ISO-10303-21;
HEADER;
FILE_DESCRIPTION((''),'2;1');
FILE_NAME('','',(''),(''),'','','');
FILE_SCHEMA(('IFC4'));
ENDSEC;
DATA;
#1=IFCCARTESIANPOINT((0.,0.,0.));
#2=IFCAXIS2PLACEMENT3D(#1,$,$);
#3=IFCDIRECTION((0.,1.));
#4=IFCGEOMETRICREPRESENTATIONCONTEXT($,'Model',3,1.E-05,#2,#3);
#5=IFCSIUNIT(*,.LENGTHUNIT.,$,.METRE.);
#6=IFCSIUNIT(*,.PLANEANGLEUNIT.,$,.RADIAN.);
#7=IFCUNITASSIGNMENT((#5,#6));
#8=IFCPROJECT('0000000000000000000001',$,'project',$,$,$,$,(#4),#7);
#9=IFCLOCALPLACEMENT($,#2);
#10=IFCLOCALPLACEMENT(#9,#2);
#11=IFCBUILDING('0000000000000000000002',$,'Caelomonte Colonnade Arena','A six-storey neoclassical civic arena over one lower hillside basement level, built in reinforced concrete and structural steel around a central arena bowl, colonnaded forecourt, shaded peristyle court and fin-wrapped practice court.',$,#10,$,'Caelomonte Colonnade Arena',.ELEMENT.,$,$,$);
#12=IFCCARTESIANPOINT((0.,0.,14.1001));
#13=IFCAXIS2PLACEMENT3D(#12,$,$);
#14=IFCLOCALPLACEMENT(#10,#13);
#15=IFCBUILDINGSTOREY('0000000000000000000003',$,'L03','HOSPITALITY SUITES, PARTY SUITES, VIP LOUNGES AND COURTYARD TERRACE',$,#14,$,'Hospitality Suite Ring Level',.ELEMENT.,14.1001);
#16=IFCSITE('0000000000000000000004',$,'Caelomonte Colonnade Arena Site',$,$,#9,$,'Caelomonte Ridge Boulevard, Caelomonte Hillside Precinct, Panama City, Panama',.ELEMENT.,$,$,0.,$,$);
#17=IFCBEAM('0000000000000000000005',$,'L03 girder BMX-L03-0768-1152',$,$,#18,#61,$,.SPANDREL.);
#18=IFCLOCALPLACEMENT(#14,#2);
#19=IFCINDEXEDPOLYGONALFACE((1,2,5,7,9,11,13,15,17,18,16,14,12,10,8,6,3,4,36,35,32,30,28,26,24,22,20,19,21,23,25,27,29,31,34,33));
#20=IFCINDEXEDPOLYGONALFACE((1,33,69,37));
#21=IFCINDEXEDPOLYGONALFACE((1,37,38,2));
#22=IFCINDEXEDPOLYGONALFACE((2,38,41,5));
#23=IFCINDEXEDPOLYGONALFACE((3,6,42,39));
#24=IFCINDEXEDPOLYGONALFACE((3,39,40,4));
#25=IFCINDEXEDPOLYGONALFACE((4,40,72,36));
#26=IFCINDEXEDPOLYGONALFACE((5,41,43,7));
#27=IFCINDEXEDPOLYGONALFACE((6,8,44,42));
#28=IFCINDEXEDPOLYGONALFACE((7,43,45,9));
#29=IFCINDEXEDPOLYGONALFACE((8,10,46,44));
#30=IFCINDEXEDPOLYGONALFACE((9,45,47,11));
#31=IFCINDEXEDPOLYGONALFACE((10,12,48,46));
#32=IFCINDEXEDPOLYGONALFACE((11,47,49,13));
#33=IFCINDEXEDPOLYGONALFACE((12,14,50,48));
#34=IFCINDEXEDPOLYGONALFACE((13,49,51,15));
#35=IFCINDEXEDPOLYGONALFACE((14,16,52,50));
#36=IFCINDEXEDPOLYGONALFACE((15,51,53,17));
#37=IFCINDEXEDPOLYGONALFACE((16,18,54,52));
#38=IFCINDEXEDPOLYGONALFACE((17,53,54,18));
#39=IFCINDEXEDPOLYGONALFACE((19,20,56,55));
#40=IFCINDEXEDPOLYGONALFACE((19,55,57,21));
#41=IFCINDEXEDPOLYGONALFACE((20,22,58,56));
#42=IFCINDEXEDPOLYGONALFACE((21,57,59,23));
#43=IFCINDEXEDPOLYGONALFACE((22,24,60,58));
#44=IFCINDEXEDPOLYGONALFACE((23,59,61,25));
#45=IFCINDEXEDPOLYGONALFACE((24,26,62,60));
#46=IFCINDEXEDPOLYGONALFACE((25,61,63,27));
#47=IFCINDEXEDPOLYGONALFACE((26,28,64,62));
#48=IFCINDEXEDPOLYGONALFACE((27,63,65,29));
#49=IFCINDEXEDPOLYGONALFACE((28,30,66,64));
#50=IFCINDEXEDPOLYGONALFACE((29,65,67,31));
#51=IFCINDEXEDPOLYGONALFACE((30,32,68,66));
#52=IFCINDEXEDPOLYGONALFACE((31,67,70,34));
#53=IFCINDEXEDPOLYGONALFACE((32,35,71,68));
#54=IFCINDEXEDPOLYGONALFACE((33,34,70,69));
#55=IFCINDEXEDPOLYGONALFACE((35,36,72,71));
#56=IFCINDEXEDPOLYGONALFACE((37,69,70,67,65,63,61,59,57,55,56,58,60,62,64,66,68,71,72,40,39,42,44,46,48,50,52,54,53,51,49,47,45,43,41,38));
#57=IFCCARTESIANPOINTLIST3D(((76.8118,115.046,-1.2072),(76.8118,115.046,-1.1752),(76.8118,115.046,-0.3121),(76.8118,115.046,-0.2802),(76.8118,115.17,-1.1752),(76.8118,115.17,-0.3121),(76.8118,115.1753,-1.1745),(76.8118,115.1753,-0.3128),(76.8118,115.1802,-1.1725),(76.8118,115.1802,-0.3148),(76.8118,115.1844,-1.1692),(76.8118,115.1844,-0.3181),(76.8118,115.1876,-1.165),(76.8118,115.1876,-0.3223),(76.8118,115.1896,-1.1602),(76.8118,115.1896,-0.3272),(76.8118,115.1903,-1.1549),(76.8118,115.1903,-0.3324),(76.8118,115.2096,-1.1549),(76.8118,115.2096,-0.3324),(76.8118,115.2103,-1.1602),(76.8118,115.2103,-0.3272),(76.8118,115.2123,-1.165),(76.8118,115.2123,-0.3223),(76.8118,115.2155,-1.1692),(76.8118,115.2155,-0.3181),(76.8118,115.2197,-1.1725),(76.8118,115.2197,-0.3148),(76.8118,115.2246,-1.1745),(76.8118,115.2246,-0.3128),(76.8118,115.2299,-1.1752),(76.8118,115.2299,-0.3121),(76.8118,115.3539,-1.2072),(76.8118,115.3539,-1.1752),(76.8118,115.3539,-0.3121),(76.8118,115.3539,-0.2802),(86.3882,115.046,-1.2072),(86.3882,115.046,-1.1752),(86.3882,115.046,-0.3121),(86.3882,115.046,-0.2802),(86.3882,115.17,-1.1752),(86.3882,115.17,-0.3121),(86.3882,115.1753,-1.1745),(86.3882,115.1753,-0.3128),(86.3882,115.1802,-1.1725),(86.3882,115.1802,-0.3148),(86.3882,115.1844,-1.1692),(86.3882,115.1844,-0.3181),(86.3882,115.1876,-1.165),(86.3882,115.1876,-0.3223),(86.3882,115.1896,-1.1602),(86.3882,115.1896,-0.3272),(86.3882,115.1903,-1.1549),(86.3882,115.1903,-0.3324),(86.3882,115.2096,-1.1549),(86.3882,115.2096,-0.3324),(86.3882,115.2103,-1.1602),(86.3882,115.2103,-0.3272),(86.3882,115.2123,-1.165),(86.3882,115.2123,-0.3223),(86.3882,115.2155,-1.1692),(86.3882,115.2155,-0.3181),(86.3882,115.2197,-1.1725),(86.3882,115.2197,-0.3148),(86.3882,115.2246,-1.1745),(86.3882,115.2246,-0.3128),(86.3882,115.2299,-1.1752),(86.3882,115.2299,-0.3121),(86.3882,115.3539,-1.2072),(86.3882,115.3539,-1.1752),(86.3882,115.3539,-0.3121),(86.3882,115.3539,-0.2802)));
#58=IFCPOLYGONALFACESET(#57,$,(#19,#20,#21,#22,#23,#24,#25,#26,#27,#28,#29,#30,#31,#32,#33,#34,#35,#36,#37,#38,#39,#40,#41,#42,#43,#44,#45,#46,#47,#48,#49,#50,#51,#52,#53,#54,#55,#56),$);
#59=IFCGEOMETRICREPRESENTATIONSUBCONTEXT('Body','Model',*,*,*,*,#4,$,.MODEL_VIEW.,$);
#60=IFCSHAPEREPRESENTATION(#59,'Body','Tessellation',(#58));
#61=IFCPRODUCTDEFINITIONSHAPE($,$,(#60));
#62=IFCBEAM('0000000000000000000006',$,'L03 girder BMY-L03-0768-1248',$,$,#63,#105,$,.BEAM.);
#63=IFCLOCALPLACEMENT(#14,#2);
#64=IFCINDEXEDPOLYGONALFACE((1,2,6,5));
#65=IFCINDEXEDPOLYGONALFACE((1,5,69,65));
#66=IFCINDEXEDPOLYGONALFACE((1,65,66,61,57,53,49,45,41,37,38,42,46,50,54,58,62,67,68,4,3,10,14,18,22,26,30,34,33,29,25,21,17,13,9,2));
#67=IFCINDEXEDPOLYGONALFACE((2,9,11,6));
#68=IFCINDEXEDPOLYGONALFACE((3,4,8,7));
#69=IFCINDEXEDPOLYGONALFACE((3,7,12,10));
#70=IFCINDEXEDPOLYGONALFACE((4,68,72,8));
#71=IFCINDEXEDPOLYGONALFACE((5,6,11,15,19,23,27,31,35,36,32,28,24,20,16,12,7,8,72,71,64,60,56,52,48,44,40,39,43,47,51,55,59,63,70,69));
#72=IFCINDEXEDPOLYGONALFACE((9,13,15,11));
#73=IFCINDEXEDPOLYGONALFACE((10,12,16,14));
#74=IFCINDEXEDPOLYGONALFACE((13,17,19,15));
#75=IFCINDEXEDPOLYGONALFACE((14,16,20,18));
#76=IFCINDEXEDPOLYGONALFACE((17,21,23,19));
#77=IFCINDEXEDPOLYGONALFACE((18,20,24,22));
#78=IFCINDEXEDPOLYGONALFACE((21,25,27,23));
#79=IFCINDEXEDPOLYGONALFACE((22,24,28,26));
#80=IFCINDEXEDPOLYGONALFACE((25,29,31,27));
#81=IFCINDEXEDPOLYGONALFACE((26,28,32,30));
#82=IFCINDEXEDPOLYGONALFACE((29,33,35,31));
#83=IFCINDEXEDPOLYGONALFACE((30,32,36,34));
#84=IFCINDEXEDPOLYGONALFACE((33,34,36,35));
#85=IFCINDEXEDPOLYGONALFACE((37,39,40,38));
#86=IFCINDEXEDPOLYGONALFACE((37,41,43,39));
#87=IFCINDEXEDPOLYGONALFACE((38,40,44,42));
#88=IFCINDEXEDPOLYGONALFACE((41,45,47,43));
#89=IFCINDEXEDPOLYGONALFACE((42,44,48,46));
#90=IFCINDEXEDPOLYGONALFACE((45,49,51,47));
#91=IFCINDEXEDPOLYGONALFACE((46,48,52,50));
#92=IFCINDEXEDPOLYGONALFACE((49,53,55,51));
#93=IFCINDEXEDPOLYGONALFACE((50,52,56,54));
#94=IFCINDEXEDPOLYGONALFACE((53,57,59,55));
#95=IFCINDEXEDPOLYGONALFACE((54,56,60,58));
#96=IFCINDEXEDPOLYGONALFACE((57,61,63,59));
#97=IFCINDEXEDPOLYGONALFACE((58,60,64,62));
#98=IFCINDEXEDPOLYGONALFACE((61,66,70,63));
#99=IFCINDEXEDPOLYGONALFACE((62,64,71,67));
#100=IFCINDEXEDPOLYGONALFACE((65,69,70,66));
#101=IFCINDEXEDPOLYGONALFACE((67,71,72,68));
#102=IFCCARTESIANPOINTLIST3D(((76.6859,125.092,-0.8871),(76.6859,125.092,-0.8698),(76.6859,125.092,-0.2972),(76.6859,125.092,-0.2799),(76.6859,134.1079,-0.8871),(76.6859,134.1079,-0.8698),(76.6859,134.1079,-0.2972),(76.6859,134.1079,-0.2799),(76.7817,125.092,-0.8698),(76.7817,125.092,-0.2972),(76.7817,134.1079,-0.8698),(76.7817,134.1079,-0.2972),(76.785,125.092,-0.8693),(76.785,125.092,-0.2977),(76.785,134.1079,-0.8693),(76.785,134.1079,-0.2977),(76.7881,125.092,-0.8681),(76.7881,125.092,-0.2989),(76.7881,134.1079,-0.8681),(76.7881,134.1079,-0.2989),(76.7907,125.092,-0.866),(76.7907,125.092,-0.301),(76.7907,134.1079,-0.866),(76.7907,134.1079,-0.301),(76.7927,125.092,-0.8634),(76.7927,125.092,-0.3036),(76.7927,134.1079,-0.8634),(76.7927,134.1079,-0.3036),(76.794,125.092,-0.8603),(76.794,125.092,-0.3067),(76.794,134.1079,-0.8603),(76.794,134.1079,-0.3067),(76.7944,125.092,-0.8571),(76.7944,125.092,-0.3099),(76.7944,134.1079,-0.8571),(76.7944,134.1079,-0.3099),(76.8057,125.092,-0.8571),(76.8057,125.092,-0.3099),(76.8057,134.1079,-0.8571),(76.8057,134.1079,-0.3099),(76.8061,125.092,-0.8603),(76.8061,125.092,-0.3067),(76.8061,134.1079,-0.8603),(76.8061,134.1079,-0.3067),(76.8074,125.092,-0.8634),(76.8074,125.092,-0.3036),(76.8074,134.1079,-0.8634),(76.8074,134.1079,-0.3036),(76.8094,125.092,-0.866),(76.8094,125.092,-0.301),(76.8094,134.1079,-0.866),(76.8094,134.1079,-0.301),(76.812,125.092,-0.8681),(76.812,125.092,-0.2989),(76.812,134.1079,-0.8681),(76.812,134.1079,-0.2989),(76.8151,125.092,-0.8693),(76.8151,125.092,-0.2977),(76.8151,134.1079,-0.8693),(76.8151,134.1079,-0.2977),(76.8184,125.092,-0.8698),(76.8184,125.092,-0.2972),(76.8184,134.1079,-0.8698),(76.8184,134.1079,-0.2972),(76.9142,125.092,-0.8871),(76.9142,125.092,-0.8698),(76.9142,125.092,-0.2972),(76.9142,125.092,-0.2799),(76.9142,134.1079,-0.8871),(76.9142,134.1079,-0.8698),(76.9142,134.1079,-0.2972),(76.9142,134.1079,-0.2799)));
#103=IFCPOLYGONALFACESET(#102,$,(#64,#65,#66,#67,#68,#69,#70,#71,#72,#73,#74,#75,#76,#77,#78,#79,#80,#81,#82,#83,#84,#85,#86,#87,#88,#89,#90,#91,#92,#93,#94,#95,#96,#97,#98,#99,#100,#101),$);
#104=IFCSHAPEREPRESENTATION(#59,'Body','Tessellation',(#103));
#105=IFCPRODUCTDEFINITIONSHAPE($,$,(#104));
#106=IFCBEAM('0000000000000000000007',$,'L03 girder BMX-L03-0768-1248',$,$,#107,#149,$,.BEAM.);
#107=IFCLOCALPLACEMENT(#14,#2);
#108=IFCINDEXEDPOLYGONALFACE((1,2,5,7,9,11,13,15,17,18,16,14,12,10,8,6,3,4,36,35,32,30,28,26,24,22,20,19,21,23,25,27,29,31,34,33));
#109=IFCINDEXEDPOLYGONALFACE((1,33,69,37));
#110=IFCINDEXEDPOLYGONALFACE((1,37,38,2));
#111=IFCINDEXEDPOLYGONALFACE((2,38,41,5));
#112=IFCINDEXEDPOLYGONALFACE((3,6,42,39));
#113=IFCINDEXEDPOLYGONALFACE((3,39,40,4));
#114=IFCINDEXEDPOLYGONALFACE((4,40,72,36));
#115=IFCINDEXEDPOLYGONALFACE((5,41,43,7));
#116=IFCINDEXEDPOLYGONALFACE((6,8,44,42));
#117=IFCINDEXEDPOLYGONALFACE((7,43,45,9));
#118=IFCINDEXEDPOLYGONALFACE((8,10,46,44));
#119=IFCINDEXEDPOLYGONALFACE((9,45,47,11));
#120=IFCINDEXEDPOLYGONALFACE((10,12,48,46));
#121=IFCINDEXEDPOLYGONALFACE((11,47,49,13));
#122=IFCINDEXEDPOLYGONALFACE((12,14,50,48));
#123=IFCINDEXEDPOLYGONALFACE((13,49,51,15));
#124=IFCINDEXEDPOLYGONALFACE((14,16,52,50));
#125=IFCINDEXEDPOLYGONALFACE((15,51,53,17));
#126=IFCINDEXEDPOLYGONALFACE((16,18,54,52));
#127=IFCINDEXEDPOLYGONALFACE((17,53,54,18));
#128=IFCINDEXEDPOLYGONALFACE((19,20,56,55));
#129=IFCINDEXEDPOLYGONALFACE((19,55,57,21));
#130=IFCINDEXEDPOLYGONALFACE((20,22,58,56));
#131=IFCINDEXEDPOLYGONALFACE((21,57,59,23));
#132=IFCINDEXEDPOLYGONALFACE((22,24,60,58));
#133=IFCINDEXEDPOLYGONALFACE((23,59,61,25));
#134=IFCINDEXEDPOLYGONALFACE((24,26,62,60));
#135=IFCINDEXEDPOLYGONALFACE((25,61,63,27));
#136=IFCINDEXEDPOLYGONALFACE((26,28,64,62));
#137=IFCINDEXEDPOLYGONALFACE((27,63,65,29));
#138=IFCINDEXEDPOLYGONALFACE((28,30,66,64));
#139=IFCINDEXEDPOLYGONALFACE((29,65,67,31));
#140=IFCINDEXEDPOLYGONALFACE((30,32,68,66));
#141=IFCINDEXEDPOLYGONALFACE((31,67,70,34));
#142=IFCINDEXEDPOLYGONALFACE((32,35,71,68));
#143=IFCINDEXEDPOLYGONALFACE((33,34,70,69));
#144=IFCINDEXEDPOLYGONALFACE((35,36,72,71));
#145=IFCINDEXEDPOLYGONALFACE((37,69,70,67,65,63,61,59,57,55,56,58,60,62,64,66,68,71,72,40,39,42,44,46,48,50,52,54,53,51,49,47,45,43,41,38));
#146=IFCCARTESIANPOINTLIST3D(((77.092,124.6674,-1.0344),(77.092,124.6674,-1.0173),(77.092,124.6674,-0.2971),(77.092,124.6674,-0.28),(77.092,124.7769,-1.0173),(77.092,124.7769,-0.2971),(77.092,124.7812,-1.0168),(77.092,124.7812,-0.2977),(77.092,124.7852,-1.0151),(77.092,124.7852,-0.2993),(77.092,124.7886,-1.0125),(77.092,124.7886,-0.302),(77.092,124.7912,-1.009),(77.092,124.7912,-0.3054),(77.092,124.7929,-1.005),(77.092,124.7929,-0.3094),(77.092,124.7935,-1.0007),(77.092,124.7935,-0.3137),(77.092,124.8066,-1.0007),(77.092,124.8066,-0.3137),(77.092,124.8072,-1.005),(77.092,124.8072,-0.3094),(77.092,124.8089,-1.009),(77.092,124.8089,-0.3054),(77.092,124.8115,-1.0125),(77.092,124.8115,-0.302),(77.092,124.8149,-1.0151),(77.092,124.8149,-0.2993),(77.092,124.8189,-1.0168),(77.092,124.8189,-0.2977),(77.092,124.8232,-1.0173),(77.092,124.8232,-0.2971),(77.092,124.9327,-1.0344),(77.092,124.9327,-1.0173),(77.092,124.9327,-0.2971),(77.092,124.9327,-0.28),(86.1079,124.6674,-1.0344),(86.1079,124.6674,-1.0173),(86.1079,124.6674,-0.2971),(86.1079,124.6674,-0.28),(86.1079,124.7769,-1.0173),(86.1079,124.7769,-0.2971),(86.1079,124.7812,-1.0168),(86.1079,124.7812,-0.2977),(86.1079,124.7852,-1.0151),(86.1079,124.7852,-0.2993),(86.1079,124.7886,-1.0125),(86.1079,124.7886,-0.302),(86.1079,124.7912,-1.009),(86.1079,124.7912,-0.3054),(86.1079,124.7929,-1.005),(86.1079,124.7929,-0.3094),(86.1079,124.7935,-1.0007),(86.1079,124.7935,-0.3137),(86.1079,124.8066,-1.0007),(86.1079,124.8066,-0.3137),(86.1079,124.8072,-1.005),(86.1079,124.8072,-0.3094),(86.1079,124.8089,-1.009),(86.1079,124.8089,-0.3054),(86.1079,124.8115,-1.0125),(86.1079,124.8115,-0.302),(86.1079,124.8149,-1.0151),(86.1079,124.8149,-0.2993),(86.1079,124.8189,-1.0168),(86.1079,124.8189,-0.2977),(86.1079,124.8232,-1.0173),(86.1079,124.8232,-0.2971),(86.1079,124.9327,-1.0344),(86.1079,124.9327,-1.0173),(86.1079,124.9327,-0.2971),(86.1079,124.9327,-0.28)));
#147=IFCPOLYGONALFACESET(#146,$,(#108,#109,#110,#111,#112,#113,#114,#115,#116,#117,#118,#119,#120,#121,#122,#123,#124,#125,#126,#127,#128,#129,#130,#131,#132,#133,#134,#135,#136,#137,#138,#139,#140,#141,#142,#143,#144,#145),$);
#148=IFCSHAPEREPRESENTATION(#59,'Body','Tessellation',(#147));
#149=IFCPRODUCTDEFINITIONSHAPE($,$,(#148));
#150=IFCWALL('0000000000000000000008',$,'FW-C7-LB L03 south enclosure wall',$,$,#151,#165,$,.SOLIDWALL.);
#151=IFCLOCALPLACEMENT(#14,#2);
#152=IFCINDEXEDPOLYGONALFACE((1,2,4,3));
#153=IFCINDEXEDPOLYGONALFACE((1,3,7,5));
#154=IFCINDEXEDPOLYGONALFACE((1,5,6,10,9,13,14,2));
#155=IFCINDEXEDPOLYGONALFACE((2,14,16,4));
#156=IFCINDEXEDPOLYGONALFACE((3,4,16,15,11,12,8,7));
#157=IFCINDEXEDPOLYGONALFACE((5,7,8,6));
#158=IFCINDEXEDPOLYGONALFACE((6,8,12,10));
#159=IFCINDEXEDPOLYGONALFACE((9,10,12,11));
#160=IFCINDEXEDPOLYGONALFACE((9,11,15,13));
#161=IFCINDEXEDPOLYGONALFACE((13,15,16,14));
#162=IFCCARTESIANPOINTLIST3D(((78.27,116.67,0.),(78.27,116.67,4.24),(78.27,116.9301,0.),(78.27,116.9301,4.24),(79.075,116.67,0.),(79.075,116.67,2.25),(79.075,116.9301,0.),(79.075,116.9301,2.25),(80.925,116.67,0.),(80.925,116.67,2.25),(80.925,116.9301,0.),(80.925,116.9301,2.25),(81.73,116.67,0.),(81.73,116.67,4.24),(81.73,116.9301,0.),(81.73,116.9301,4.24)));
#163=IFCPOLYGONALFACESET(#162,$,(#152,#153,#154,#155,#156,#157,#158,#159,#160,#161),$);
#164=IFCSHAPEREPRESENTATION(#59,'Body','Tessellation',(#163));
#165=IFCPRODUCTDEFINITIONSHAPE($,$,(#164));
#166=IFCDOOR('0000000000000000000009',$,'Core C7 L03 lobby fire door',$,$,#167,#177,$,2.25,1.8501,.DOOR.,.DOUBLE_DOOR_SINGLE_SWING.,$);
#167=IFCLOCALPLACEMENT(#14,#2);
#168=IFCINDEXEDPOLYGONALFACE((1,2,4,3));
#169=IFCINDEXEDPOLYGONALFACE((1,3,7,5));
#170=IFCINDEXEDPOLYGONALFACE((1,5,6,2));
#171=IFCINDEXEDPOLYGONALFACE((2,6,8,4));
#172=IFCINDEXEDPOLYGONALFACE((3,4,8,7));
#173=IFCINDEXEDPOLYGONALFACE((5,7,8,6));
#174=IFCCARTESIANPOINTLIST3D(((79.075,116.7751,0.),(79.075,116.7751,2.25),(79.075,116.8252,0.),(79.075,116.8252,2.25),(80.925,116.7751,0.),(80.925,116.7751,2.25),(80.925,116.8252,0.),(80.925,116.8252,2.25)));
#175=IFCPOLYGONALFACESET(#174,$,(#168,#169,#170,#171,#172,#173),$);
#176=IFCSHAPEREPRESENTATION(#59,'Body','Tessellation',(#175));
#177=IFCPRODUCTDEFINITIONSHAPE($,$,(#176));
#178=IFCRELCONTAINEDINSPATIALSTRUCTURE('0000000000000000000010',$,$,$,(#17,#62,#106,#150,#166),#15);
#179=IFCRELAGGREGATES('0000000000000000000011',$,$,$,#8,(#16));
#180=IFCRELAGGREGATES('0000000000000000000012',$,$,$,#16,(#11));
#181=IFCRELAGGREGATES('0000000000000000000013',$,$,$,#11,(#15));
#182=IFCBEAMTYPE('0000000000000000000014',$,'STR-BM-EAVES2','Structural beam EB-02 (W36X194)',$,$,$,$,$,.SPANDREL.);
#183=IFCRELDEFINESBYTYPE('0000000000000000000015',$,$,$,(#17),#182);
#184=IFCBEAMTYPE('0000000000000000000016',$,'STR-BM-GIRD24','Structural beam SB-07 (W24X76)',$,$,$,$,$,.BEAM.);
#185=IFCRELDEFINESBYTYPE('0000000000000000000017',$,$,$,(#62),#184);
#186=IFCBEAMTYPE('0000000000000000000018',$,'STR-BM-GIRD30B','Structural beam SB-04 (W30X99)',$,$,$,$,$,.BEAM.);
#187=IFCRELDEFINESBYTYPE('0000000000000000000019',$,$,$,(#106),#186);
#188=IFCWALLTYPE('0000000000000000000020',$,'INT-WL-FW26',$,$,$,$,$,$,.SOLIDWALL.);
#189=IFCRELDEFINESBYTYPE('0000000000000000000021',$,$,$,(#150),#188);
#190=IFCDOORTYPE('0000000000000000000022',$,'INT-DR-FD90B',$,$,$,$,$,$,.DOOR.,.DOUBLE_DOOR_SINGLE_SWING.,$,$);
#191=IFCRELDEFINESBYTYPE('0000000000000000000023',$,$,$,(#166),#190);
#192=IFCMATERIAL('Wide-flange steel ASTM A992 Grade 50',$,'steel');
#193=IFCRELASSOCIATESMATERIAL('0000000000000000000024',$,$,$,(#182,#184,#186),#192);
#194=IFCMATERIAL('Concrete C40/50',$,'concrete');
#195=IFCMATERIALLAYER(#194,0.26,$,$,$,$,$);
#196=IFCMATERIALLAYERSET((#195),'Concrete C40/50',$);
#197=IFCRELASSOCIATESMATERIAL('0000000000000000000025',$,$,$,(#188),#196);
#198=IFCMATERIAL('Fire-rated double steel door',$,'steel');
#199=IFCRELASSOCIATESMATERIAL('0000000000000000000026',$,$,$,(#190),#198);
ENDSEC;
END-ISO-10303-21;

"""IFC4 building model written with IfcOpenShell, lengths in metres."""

from ifc_helpers import new_model, si_unit, direction, frame, frame_2d, origin, origin_2d, place, context, subcontext, project, spatial, rectangle, i_section, extrude, material, layer, layer_set, material_profile, profile_set, type_object, element, fill, save


model = new_model("IFC4")

# Units and contexts
model_context = context("Model", 3, precision=1e-05, world=origin(), true_north=direction((0.0, 1.0)))
body_context = subcontext(model_context, "Body", "Model", "MODEL_VIEW")
ifc_project = project(units=[si_unit("LENGTHUNIT", "METRE"), si_unit("PLANEANGLEUNIT", "RADIAN")], contexts=[model_context])

# Site, building, storey
site_placement = place(None, origin())
site = spatial("IfcSite", under=ifc_project, at=site_placement, Name="Caelomonte Colonnade Arena Site", LongName="Caelomonte Ridge Boulevard, Caelomonte Hillside Precinct, Panama City, Panama", CompositionType="ELEMENT", RefElevation=0.0)
building_placement = place(site_placement, origin())
building = spatial("IfcBuilding", under=site, at=building_placement, Name="Caelomonte Colonnade Arena", Description="A six-storey neoclassical civic arena over one lower hillside basement level, built in reinforced concrete and structural steel around a central arena bowl, colonnaded forecourt, shaded peristyle court and fin-wrapped practice court.", LongName="Caelomonte Colonnade Arena", CompositionType="ELEMENT")
storey_placement = place(building_placement, frame((0.0, 0.0, 14.1001)))
storey = spatial("IfcBuildingStorey", under=building, at=storey_placement, Name="L03", Description="HOSPITALITY SUITES, PARTY SUITES, VIP LOUNGES AND COURTYARD TERRACE", LongName="Hospitality Suite Ring Level", CompositionType="ELEMENT", Elevation=14.1001)

# Beams
ifc_material_1 = material(Name="Wide-flange steel ASTM A992 Grade 50", Category="steel")
ifc_material_profile_1 = material_profile(ifc_material_1, i_section(OverallWidth=0.3079, OverallDepth=0.927, WebThickness=0.0193, FlangeThickness=0.032, FilletRadius=0.0203, at=origin_2d()), Name="W36X194")
ifc_profile_set_1 = profile_set([ifc_material_profile_1], Name="Wide-flange steel ASTM A992 Grade 50")
beam_type_1 = type_object("IfcBeamType", Name="STR-BM-EAVES2", Description="Structural beam EB-02 (W36X194)", PredefinedType="SPANDREL", material=ifc_profile_set_1)
beam_1_placement = place(storey_placement, frame((76.8118, 115.2, -0.7437), z_axis=(1.0, 0.0, 0.0), x_axis=(0.0, 1.0, 0.0)))
element("IfcBeam", 1, at=beam_1_placement, inside=storey, type_object=beam_type_1, Name="L03 girder BMX-L03-0768-1152", PredefinedType="SPANDREL", context=body_context, shape_type="SweptSolid", body=[
    extrude(i_section(OverallWidth=0.3079, OverallDepth=0.927, WebThickness=0.0193, FlangeThickness=0.032, FilletRadius=0.0203, at=origin_2d()), origin(), (0.0, 0.0, 1.0), 9.5764),
])
ifc_material_profile_2 = material_profile(ifc_material_1, i_section(OverallWidth=0.2283, OverallDepth=0.6072, WebThickness=0.0112, FlangeThickness=0.0173, FilletRadius=0.0127, at=origin_2d()), Name="W24X76")
ifc_profile_set_2 = profile_set([ifc_material_profile_2], Name="Wide-flange steel ASTM A992 Grade 50")
beam_type_2 = type_object("IfcBeamType", Name="STR-BM-GIRD24", Description="Structural beam SB-07 (W24X76)", PredefinedType="BEAM", material=ifc_profile_set_2)
beam_2_placement = place(storey_placement, frame((76.8, 125.092, -0.5835), z_axis=(0.0, 1.0, 0.0), x_axis=(-1.0, 0.0, 0.0)))
element("IfcBeam", 2, at=beam_2_placement, inside=storey, type_object=beam_type_2, Name="L03 girder BMY-L03-0768-1248", PredefinedType="BEAM", context=body_context, shape_type="SweptSolid", body=[
    extrude(i_section(OverallWidth=0.2283, OverallDepth=0.6072, WebThickness=0.0112, FlangeThickness=0.0173, FilletRadius=0.0127, at=origin_2d()), origin(), (0.0, 0.0, 1.0), 9.0159),
])
ifc_material_profile_3 = material_profile(ifc_material_1, i_section(OverallWidth=0.2654, OverallDepth=0.7544, WebThickness=0.0132, FlangeThickness=0.0171, FilletRadius=0.0166, at=origin_2d()), Name="W30X99")
ifc_profile_set_3 = profile_set([ifc_material_profile_3], Name="Wide-flange steel ASTM A992 Grade 50")
beam_type_3 = type_object("IfcBeamType", Name="STR-BM-GIRD30B", Description="Structural beam SB-04 (W30X99)", PredefinedType="BEAM", material=ifc_profile_set_3)
beam_3_placement = place(storey_placement, frame((77.092, 124.8, -0.6572), z_axis=(1.0, 0.0, 0.0), x_axis=(0.0, 1.0, 0.0)))
element("IfcBeam", 3, at=beam_3_placement, inside=storey, type_object=beam_type_3, Name="L03 girder BMX-L03-0768-1248", PredefinedType="BEAM", context=body_context, shape_type="SweptSolid", body=[
    extrude(i_section(OverallWidth=0.2654, OverallDepth=0.7544, WebThickness=0.0132, FlangeThickness=0.0171, FilletRadius=0.0166, at=origin_2d()), origin(), (0.0, 0.0, 1.0), 9.0159),
])

# Wall, opening, door
ifc_material_2 = material(Name="Concrete C40/50", Category="concrete")
ifc_layer_1 = layer(ifc_material_2, 0.26)
ifc_layer_set_1 = layer_set([ifc_layer_1], Name="Concrete C40/50")
wall_type_1 = type_object("IfcWallType", Name="INT-WL-FW26", PredefinedType="SOLIDWALL", material=ifc_layer_set_1)
wall_1_placement = place(storey_placement, frame((78.27, 116.8, 0.0), z_axis=(0.0, 0.0, 1.0), x_axis=(1.0, 0.0, 0.0)))
wall_1 = element("IfcWall", 4, at=wall_1_placement, inside=storey, type_object=wall_type_1, Name="FW-C7-LB L03 south enclosure wall", PredefinedType="SOLIDWALL", context=body_context, shape_type="SweptSolid", body=[
    extrude(rectangle(XDim=3.46, YDim=0.26, at=frame_2d((1.73, 0.0))), origin(), (0.0, 0.0, 1.0), 4.24),
])
opening_1_placement = place(wall_1_placement, frame((2.655, 0.0, 0.0), z_axis=(0.0, 0.0, 1.0), x_axis=(-1.0, 0.0, 0.0)))
opening_1 = element("IfcOpeningElement", 5, at=opening_1_placement, cuts=wall_1, PredefinedType="OPENING", context=body_context, shape_type="SweptSolid", body=[
    extrude(rectangle(XDim=1.8501, YDim=2.25, at=frame_2d((0.925, 1.125))), frame((0.0, 0.1399, 0.0), z_axis=(0.0, -1.0, 0.0), x_axis=(1.0, 0.0, 0.0)), (0.0, 0.0, 1.0), 0.28),
])
ifc_material_3 = material(Name="Fire-rated double steel door", Category="steel")
door_type_1 = type_object("IfcDoorType", Name="INT-DR-FD90B", OperationType="DOUBLE_DOOR_SINGLE_SWING", PredefinedType="DOOR", material=ifc_material_3)
door_1_placement = place(opening_1_placement, origin())
door_1 = element("IfcDoor", 6, at=door_1_placement, inside=storey, type_object=door_type_1, Name="Core C7 L03 lobby fire door", OperationType="DOUBLE_DOOR_SINGLE_SWING", OverallHeight=2.25, OverallWidth=1.8501, PredefinedType="DOOR", context=body_context, shape_type="SweptSolid", body=[
    extrude(rectangle(XDim=1.8501, YDim=2.25, at=frame_2d((0.925, 1.125))), frame((0.0, 0.0249, 0.0), z_axis=(0.0, -1.0, 0.0), x_axis=(1.0, 0.0, 0.0)), (0.0, 0.0, 1.0), 0.05),
])
fill(opening_1, door_1)

save(model, "model.ifc")
